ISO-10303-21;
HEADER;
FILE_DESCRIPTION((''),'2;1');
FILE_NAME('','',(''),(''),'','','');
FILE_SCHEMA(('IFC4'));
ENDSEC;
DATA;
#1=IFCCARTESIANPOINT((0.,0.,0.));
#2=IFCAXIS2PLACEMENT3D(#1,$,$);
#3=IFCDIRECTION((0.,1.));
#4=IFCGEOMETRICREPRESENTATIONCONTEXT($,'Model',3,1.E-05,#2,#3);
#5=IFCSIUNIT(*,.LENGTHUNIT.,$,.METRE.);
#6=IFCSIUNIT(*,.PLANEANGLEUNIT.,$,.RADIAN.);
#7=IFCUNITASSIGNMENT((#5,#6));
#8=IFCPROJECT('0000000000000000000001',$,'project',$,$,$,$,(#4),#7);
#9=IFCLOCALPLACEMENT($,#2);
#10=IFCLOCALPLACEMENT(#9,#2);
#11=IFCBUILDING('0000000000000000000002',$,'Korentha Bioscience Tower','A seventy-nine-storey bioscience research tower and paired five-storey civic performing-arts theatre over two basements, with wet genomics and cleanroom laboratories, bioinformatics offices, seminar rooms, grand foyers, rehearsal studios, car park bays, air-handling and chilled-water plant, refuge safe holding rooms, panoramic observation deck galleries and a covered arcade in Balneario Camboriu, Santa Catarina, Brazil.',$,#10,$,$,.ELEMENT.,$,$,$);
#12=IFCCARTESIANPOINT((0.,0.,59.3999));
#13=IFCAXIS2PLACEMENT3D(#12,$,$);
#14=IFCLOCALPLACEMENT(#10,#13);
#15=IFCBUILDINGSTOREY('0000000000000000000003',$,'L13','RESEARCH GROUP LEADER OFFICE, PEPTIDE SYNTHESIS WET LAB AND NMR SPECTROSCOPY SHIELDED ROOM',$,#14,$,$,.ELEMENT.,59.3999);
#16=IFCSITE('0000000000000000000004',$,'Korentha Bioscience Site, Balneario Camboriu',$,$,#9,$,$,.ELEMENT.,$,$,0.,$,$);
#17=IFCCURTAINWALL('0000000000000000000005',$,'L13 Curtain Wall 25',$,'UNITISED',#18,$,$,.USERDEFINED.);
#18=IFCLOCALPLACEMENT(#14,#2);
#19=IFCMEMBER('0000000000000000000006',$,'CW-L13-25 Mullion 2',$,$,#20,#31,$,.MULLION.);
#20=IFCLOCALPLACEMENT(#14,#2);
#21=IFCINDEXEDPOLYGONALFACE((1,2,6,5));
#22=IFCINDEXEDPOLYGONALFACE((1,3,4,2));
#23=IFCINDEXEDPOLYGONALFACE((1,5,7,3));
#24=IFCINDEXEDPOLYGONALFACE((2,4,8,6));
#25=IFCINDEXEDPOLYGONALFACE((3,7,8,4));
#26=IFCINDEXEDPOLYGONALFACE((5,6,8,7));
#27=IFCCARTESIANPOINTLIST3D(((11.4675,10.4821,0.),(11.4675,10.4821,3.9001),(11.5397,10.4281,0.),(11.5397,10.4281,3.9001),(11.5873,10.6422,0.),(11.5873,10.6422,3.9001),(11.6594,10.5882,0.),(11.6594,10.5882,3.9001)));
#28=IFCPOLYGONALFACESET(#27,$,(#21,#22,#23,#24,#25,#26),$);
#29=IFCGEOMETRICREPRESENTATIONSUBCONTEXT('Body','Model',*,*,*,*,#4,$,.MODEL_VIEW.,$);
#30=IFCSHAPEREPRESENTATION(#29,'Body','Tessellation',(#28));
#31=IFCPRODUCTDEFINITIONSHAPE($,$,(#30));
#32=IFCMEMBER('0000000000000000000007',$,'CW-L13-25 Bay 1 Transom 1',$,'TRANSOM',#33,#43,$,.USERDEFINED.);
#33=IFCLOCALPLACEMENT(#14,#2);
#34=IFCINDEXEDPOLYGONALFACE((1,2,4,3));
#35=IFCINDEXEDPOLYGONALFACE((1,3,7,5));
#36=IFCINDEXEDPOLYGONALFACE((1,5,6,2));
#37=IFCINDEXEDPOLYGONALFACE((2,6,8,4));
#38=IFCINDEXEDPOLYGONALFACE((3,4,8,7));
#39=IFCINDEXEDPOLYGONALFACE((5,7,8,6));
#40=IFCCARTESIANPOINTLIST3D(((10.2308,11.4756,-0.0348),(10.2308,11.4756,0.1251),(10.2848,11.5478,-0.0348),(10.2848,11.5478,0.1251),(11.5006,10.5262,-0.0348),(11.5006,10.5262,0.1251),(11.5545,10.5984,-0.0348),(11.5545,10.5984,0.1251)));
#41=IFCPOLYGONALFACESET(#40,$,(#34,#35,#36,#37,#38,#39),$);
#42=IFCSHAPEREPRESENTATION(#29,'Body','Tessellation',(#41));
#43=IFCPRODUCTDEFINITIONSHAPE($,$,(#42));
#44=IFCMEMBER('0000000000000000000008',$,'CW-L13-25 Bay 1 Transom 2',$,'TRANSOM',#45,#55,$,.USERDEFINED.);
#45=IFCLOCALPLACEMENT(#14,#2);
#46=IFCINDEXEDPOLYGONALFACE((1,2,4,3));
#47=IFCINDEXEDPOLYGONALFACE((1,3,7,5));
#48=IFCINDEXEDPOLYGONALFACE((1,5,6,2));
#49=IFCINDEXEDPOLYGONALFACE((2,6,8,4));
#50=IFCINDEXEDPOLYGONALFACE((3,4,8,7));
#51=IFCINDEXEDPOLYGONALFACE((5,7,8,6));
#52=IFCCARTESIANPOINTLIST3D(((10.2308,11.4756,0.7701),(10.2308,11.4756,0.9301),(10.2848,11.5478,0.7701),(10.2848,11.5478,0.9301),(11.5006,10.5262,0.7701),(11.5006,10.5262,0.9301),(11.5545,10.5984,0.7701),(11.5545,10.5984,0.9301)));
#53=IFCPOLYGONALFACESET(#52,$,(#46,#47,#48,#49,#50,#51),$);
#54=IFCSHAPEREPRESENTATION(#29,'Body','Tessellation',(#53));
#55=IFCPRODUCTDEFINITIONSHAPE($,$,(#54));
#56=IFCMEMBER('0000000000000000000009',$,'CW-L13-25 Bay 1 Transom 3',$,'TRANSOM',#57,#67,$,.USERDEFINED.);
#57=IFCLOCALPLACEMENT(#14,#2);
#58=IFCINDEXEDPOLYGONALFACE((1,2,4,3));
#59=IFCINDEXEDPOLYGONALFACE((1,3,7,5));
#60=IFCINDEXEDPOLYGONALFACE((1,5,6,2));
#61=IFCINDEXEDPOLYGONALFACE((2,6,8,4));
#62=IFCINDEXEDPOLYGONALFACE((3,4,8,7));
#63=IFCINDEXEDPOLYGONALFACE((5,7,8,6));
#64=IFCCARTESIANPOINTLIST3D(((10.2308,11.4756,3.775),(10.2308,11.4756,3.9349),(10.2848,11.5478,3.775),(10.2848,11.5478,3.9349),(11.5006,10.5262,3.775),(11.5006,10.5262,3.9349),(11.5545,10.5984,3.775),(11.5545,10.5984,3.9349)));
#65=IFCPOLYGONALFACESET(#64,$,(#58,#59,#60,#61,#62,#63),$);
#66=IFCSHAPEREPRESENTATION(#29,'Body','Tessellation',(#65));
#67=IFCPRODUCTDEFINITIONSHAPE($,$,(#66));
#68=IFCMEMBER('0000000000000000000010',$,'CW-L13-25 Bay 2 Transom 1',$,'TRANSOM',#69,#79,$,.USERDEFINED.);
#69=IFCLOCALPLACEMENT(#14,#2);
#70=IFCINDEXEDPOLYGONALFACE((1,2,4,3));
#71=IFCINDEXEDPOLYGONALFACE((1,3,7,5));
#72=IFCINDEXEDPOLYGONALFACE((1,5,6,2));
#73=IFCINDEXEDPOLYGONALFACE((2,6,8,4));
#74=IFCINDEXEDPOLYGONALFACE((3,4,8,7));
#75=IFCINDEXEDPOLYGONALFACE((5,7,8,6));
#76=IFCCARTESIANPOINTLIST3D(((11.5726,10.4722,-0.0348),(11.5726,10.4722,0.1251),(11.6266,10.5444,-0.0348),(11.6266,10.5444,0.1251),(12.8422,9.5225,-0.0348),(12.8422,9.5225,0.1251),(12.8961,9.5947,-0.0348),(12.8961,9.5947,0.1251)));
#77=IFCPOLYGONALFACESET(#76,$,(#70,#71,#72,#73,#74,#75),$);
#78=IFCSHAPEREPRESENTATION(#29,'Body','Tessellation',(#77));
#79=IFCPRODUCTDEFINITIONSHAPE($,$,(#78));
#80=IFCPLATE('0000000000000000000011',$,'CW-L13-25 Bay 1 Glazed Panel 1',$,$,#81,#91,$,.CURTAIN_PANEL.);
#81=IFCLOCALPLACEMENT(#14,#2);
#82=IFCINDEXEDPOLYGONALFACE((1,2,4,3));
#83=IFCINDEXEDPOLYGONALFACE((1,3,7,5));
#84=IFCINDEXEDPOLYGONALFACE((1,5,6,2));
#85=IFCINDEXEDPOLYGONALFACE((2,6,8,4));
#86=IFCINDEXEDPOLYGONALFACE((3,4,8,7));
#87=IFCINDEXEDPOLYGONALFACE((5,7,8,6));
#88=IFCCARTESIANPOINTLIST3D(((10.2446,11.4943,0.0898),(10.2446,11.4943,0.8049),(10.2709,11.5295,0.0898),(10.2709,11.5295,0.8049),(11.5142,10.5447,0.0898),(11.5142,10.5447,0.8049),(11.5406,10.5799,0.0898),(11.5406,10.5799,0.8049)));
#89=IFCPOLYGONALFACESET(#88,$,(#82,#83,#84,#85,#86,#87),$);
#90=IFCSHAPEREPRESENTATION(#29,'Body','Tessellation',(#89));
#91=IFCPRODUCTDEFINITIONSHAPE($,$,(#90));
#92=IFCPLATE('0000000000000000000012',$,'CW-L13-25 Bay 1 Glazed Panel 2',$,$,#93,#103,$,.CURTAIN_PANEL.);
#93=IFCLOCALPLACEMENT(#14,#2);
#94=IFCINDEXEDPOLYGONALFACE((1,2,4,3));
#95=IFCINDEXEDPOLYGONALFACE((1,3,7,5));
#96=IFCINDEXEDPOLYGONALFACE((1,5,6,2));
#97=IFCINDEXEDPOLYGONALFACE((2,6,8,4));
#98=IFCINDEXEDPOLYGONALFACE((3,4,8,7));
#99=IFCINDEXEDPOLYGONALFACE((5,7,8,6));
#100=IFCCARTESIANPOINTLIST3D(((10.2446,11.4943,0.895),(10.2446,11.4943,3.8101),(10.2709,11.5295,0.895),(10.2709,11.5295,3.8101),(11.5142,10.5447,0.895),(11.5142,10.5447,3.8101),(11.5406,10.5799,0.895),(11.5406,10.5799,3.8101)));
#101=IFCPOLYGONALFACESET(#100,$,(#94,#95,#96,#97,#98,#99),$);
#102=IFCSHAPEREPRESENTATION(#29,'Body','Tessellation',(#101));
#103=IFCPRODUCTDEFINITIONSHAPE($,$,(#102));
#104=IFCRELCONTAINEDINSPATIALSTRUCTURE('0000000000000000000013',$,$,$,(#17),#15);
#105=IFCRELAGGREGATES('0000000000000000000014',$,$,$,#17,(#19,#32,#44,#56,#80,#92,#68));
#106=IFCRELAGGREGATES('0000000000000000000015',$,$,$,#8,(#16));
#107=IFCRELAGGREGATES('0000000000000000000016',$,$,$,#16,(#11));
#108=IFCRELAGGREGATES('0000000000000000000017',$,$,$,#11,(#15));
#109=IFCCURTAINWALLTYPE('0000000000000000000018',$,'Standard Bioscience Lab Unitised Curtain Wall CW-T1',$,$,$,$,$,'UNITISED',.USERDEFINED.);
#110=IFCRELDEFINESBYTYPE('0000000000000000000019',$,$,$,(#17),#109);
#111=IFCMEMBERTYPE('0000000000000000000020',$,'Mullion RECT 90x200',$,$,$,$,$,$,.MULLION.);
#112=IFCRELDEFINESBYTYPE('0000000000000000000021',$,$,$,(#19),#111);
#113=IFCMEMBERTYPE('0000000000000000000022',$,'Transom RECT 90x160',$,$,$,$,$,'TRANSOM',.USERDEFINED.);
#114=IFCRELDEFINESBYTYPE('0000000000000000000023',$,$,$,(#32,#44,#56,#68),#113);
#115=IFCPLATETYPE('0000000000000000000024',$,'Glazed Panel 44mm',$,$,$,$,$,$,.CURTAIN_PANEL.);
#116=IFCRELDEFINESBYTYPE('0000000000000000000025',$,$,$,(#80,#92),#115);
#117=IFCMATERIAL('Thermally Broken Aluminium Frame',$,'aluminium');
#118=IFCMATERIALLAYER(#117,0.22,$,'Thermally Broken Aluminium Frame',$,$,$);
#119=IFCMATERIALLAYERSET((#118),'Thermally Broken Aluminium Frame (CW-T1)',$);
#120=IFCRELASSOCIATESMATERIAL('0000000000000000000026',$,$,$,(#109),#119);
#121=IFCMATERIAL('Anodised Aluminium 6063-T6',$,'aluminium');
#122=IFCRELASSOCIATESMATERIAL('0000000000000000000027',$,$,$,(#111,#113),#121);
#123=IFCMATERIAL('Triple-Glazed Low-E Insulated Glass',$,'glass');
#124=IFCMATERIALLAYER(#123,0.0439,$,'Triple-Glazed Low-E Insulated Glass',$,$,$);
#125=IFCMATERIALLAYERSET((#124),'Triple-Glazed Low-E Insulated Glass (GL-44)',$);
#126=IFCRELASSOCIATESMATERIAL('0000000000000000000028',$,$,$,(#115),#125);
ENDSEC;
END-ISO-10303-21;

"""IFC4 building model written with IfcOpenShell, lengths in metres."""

from ifc_helpers import new_model, si_unit, direction, frame, origin, origin_2d, place, context, subcontext, project, spatial, rectangle, extrude, material, layer, layer_set, material_profile, profile_set, type_object, element, aggregate, save


model = new_model("IFC4")

# Units and contexts
model_context = context("Model", 3, precision=1e-05, world=origin(), true_north=direction((0.0, 1.0)))
body_context = subcontext(model_context, "Body", "Model", "MODEL_VIEW")
ifc_project = project(units=[si_unit("LENGTHUNIT", "METRE"), si_unit("PLANEANGLEUNIT", "RADIAN")], contexts=[model_context])

# Site, building, storey
site_placement = place(None, origin())
site = spatial("IfcSite", under=ifc_project, at=site_placement, Name="Korentha Bioscience Site, Balneario Camboriu", CompositionType="ELEMENT", RefElevation=0.0)
building_placement = place(site_placement, origin())
building = spatial("IfcBuilding", under=site, at=building_placement, Name="Korentha Bioscience Tower", Description="A seventy-nine-storey bioscience research tower and paired five-storey civic performing-arts theatre over two basements, with wet genomics and cleanroom laboratories, bioinformatics offices, seminar rooms, grand foyers, rehearsal studios, car park bays, air-handling and chilled-water plant, refuge safe holding rooms, panoramic observation deck galleries and a covered arcade in Balneario Camboriu, Santa Catarina, Brazil.", CompositionType="ELEMENT")
storey_placement = place(building_placement, frame((0.0, 0.0, 59.3999)))
storey = spatial("IfcBuildingStorey", under=building, at=storey_placement, Name="L13", Description="RESEARCH GROUP LEADER OFFICE, PEPTIDE SYNTHESIS WET LAB AND NMR SPECTROSCOPY SHIELDED ROOM", CompositionType="ELEMENT", Elevation=59.3999)

# Curtain wall, members, plates
ifc_material_1 = material(Name="Thermally Broken Aluminium Frame", Category="aluminium")
ifc_layer_1 = layer(ifc_material_1, 0.22, Name="Thermally Broken Aluminium Frame")
ifc_layer_set_1 = layer_set([ifc_layer_1], Name="Thermally Broken Aluminium Frame (CW-T1)")
curtain_wall_type = type_object("IfcCurtainWallType", Name="Standard Bioscience Lab Unitised Curtain Wall CW-T1", ElementType="UNITISED", PredefinedType="USERDEFINED", material=ifc_layer_set_1)
curtain_wall_placement = place(storey_placement, origin())
curtain_wall = element("IfcCurtainWall", 1, at=curtain_wall_placement, inside=storey, type_object=curtain_wall_type, Name="L13 Curtain Wall 25", ObjectType="UNITISED", PredefinedType="USERDEFINED")
ifc_material_2 = material(Name="Anodised Aluminium 6063-T6", Category="aluminium")
ifc_material_profile_1 = material_profile(ifc_material_2, rectangle(XDim=0.0901, YDim=0.2, at=origin_2d()), Name="Anodised Aluminium 6063-T6")
ifc_profile_set_1 = profile_set([ifc_material_profile_1], Name="Anodised Aluminium 6063-T6 (CW-MUL)")
member_type_1 = type_object("IfcMemberType", Name="Mullion RECT 90x200", PredefinedType="MULLION", material=ifc_profile_set_1)
member_1_placement = place(storey_placement, frame((11.5635, 10.5352, 0.0), z_axis=(0.0, 0.0, 1.0), x_axis=(0.800798, -0.598935, 0.0)))
member_1 = element("IfcMember", 2, at=member_1_placement, type_object=member_type_1, Name="CW-L13-25 Mullion 2", PredefinedType="MULLION", context=body_context, shape_type="SweptSolid", body=[
    extrude(rectangle(XDim=0.0901, YDim=0.2, at=origin_2d()), origin(), (0.0, 0.0, 1.0), 3.9001),
])
ifc_material_profile_2 = material_profile(ifc_material_2, rectangle(XDim=0.0901, YDim=0.1599, at=origin_2d()), Name="Anodised Aluminium 6063-T6")
ifc_profile_set_2 = profile_set([ifc_material_profile_2], Name="Anodised Aluminium 6063-T6 (CW-TRN)")
member_type_2 = type_object("IfcMemberType", Name="Transom RECT 90x160", ElementType="TRANSOM", PredefinedType="USERDEFINED", material=ifc_profile_set_2)
member_2_placement = place(storey_placement, frame((10.2578, 11.5117, 0.0452), z_axis=(0.800868, -0.598841, 0.0), x_axis=(0.598841, 0.800868, 0.0)))
member_2 = element("IfcMember", 3, at=member_2_placement, type_object=member_type_2, Name="CW-L13-25 Bay 1 Transom 1", ObjectType="TRANSOM", PredefinedType="USERDEFINED", context=body_context, shape_type="SweptSolid", body=[
    extrude(rectangle(XDim=0.0901, YDim=0.1599, at=origin_2d()), origin(), (0.0, 0.0, 1.0), 1.5854),
])
member_3_placement = place(storey_placement, frame((10.2578, 11.5117, 0.8501), z_axis=(0.800868, -0.598841, 0.0), x_axis=(0.598841, 0.800868, 0.0)))
member_3 = element("IfcMember", 4, at=member_3_placement, type_object=member_type_2, Name="CW-L13-25 Bay 1 Transom 2", ObjectType="TRANSOM", PredefinedType="USERDEFINED", context=body_context, shape_type="SweptSolid", body=[
    extrude(rectangle(XDim=0.0901, YDim=0.1599, at=origin_2d()), origin(), (0.0, 0.0, 1.0), 1.5854),
])
member_4_placement = place(storey_placement, frame((10.2578, 11.5117, 3.855), z_axis=(0.800868, -0.598841, 0.0), x_axis=(0.598841, 0.800868, 0.0)))
member_4 = element("IfcMember", 5, at=member_4_placement, type_object=member_type_2, Name="CW-L13-25 Bay 1 Transom 3", ObjectType="TRANSOM", PredefinedType="USERDEFINED", context=body_context, shape_type="SweptSolid", body=[
    extrude(rectangle(XDim=0.0901, YDim=0.1599, at=origin_2d()), origin(), (0.0, 0.0, 1.0), 1.5854),
])
member_5_placement = place(storey_placement, frame((11.5996, 10.5083, 0.0452), z_axis=(0.800739, -0.599014, 0.0), x_axis=(0.599014, 0.800739, 0.0)))
member_5 = element("IfcMember", 6, at=member_5_placement, type_object=member_type_2, Name="CW-L13-25 Bay 2 Transom 1", ObjectType="TRANSOM", PredefinedType="USERDEFINED", context=body_context, shape_type="SweptSolid", body=[
    extrude(rectangle(XDim=0.0901, YDim=0.1599, at=origin_2d()), origin(), (0.0, 0.0, 1.0), 1.5854),
])
ifc_material_3 = material(Name="Triple-Glazed Low-E Insulated Glass", Category="glass")
ifc_layer_2 = layer(ifc_material_3, 0.0439, Name="Triple-Glazed Low-E Insulated Glass")
ifc_layer_set_2 = layer_set([ifc_layer_2], Name="Triple-Glazed Low-E Insulated Glass (GL-44)")
plate_type = type_object("IfcPlateType", Name="Glazed Panel 44mm", PredefinedType="CURTAIN_PANEL", material=ifc_layer_set_2)
plate_1_placement = place(storey_placement, frame((10.8926, 11.0371, 0.0898), z_axis=(0.0, 0.0, 1.0), x_axis=(0.800798, -0.598935, 0.0)))
plate_1 = element("IfcPlate", 7, at=plate_1_placement, type_object=plate_type, Name="CW-L13-25 Bay 1 Glazed Panel 1", PredefinedType="CURTAIN_PANEL", context=body_context, shape_type="SweptSolid", body=[
    extrude(rectangle(XDim=1.5854, YDim=0.0439, at=origin_2d()), origin(), (0.0, 0.0, 1.0), 0.7151),
])
plate_2_placement = place(storey_placement, frame((10.8926, 11.0371, 0.895), z_axis=(0.0, 0.0, 1.0), x_axis=(0.800798, -0.598935, 0.0)))
plate_2 = element("IfcPlate", 8, at=plate_2_placement, type_object=plate_type, Name="CW-L13-25 Bay 1 Glazed Panel 2", PredefinedType="CURTAIN_PANEL", context=body_context, shape_type="SweptSolid", body=[
    extrude(rectangle(XDim=1.5854, YDim=0.0439, at=origin_2d()), origin(), (0.0, 0.0, 1.0), 2.915),
])
aggregate(curtain_wall, [member_1, member_2, member_3, member_4, plate_1, plate_2, member_5])

save(model, "model.ifc")
